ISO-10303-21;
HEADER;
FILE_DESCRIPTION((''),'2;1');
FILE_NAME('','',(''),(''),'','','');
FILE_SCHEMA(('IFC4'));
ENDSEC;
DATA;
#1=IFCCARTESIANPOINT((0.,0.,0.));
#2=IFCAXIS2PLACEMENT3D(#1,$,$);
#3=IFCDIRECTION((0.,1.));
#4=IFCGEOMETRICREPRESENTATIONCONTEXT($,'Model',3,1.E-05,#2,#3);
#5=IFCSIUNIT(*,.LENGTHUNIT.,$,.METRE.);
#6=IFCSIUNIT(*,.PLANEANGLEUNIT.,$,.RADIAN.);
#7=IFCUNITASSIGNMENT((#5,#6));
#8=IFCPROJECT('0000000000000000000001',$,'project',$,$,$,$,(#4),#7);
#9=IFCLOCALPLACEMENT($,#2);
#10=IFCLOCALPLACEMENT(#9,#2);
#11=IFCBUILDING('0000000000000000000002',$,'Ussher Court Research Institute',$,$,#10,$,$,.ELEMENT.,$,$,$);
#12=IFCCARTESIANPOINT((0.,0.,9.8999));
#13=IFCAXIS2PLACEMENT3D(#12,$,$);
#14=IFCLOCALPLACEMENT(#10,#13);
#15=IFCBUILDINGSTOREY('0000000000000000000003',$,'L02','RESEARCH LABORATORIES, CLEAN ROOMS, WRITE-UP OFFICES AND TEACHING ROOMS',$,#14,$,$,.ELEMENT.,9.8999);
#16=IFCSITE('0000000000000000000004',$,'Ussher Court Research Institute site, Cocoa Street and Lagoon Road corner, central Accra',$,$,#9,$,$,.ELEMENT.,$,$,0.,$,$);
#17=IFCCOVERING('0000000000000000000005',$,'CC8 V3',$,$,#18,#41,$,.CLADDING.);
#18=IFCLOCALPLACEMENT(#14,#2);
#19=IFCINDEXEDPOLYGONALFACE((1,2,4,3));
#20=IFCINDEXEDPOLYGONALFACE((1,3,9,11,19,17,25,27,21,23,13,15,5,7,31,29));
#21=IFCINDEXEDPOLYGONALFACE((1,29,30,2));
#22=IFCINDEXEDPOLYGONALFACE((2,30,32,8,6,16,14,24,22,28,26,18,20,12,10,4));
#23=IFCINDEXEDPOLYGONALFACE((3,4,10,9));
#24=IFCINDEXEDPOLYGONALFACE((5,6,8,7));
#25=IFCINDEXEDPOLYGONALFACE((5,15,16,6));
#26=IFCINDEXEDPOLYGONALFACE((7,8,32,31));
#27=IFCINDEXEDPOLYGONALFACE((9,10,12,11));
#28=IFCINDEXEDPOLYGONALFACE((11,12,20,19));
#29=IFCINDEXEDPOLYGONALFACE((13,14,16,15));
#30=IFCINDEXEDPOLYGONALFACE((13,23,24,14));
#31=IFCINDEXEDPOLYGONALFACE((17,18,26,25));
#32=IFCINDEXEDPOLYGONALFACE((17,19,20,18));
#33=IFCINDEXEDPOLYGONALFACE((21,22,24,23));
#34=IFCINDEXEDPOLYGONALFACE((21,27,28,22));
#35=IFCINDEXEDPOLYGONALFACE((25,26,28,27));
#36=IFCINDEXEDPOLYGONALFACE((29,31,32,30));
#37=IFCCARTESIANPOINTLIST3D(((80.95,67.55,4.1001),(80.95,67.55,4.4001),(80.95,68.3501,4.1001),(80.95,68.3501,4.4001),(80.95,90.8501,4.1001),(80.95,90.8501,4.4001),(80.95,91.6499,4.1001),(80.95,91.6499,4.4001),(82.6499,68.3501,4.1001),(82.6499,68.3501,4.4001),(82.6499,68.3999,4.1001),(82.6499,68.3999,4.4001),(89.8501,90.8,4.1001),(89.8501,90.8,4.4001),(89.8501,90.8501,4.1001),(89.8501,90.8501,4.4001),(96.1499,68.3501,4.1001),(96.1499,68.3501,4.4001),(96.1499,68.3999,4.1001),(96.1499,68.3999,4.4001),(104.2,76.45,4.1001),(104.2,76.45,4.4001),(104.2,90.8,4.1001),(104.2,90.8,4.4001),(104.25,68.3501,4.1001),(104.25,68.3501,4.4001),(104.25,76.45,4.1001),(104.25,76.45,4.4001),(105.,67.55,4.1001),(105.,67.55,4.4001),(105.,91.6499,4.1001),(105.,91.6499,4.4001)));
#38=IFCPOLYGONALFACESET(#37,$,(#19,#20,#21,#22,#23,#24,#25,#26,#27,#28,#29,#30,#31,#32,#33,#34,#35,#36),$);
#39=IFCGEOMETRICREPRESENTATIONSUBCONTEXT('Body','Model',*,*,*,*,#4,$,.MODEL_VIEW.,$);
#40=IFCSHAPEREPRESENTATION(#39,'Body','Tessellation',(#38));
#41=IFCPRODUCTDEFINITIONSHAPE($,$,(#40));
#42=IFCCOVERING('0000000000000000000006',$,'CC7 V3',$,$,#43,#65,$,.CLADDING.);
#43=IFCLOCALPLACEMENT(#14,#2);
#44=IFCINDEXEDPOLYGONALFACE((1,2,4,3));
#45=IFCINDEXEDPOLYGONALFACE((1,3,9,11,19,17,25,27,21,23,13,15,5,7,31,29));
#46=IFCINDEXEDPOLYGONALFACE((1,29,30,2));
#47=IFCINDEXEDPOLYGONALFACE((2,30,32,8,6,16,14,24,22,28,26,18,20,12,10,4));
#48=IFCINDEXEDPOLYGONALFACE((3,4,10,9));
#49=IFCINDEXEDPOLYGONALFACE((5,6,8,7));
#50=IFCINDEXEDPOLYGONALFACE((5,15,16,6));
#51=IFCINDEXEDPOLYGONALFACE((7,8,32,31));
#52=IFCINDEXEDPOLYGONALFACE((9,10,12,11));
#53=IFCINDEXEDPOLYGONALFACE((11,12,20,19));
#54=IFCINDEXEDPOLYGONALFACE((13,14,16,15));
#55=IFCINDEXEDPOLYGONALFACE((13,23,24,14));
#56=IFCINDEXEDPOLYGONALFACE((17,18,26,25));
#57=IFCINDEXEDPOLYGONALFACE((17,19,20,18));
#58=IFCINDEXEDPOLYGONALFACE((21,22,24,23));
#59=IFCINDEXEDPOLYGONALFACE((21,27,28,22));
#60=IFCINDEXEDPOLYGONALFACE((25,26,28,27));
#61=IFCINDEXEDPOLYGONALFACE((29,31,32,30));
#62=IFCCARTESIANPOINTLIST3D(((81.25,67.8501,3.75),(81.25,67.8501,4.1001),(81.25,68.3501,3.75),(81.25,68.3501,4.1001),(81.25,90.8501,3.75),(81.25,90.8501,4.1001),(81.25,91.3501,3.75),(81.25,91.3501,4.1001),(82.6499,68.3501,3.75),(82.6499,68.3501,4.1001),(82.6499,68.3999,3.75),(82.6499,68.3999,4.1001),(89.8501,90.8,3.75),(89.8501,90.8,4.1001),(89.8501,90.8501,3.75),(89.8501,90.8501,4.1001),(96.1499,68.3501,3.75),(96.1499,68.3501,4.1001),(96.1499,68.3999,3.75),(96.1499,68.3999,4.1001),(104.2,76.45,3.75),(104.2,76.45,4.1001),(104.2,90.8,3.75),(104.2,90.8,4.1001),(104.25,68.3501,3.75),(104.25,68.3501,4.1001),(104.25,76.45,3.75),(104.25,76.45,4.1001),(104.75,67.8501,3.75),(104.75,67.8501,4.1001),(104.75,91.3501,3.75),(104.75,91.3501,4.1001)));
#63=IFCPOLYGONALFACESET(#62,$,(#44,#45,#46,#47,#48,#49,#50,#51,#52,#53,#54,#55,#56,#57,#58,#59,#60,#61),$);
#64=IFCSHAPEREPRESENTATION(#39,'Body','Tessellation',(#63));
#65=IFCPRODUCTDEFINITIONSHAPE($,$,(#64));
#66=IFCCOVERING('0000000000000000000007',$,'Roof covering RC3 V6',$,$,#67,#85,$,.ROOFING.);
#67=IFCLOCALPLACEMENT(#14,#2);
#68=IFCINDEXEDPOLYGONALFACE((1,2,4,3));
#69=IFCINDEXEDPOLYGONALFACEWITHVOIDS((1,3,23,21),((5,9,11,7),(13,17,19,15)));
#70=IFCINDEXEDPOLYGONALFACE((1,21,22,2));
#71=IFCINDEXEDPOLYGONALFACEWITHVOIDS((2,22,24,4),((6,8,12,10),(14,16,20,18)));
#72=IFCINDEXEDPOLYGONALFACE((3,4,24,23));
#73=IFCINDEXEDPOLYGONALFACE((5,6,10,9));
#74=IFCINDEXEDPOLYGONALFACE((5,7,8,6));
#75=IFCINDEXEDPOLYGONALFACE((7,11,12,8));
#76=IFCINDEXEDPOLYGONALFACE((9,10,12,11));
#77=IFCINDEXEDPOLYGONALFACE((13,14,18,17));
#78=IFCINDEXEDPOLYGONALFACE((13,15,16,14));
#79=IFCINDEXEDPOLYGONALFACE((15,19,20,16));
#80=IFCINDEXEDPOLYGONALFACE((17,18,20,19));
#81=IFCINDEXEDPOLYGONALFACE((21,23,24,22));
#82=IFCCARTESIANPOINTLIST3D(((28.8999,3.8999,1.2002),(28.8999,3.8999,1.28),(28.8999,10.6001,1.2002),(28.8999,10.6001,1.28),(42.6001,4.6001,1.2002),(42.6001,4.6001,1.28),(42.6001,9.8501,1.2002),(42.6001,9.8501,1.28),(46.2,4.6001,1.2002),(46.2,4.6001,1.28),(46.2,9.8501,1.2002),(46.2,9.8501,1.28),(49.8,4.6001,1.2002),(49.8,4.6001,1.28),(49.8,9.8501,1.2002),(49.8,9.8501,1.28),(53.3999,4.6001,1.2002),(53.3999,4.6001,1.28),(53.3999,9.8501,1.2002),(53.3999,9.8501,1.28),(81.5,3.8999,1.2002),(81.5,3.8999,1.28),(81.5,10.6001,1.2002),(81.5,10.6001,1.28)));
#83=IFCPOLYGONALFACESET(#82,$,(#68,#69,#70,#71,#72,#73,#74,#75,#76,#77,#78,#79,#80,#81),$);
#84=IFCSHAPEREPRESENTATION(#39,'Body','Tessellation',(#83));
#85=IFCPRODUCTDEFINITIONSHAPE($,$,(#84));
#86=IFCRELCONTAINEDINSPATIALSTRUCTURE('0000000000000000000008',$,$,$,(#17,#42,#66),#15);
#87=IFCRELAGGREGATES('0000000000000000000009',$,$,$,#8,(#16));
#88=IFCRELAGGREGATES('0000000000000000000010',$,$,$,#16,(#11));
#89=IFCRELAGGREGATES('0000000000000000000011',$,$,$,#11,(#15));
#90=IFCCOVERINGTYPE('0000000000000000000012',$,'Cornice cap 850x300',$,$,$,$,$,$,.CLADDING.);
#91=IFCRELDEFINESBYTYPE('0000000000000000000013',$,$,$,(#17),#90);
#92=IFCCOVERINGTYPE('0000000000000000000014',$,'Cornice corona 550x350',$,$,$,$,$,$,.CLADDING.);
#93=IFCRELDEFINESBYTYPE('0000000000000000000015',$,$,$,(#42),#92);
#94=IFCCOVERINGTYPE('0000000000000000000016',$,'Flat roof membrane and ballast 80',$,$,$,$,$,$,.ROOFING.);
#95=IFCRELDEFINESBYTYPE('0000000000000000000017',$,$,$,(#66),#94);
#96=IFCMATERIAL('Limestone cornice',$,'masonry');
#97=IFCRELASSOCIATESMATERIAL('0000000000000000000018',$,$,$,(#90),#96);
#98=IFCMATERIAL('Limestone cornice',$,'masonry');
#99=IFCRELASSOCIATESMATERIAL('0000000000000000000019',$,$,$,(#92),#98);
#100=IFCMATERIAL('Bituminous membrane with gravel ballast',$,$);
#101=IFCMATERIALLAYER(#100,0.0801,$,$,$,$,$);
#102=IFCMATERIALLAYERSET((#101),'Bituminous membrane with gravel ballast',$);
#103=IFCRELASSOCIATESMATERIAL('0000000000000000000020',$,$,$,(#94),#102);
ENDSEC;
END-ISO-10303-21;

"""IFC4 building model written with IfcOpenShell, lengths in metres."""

from ifc_helpers import new_model, si_unit, direction, frame, origin, place, context, subcontext, project, spatial, polyline, outline, extrude, material, layer, layer_set, type_object, element, save


model = new_model("IFC4")

# Units and contexts
model_context = context("Model", 3, precision=1e-05, world=origin(), true_north=direction((0.0, 1.0)))
body_context = subcontext(model_context, "Body", "Model", "MODEL_VIEW")
ifc_project = project(units=[si_unit("LENGTHUNIT", "METRE"), si_unit("PLANEANGLEUNIT", "RADIAN")], contexts=[model_context])

# Site, building, storey
site_placement = place(None, origin())
site = spatial("IfcSite", under=ifc_project, at=site_placement, Name="Ussher Court Research Institute site, Cocoa Street and Lagoon Road corner, central Accra", CompositionType="ELEMENT", RefElevation=0.0)
building_placement = place(site_placement, origin())
building = spatial("IfcBuilding", under=site, at=building_placement, Name="Ussher Court Research Institute", CompositionType="ELEMENT")
storey_placement = place(building_placement, frame((0.0, 0.0, 9.8999)))
storey = spatial("IfcBuildingStorey", under=building, at=storey_placement, Name="L02", Description="RESEARCH LABORATORIES, CLEAN ROOMS, WRITE-UP OFFICES AND TEACHING ROOMS", CompositionType="ELEMENT", Elevation=9.8999)

# Coverings
ifc_material_1 = material(Name="Limestone cornice", Category="masonry")
covering_type_1 = type_object("IfcCoveringType", Name="Cornice cap 850x300", PredefinedType="CLADDING", material=ifc_material_1)
covering_1_placement = place(storey_placement, frame((0.0, 0.0, 4.1001)))
element("IfcCovering", 1, at=covering_1_placement, inside=storey, type_object=covering_type_1, Name="CC8 V3", PredefinedType="CLADDING", context=body_context, shape_type="SweptSolid", body=[
    extrude(outline(polyline([(82.6499, 68.3501), (80.95, 68.3501), (80.95, 67.55), (105.0, 67.55), (105.0, 91.6499), (80.95, 91.6499), (80.95, 90.8501), (89.8501, 90.8501), (89.8501, 90.8), (104.2, 90.8), (104.2, 76.45), (104.25, 76.45), (104.25, 68.3501), (96.1499, 68.3501), (96.1499, 68.3999), (82.6499, 68.3999), (82.6499, 68.3501)])), origin(), (0.0, 0.0, 1.0), 0.3),
])
ifc_material_2 = material(Name="Limestone cornice", Category="masonry")
covering_type_2 = type_object("IfcCoveringType", Name="Cornice corona 550x350", PredefinedType="CLADDING", material=ifc_material_2)
covering_2_placement = place(storey_placement, frame((0.0, 0.0, 3.75)))
element("IfcCovering", 2, at=covering_2_placement, inside=storey, type_object=covering_type_2, Name="CC7 V3", PredefinedType="CLADDING", context=body_context, shape_type="SweptSolid", body=[
    extrude(outline(polyline([(82.6499, 68.3501), (81.25, 68.3501), (81.25, 67.8501), (104.75, 67.8501), (104.75, 91.3501), (81.25, 91.3501), (81.25, 90.8501), (89.8501, 90.8501), (89.8501, 90.8), (104.2, 90.8), (104.2, 76.45), (104.25, 76.45), (104.25, 68.3501), (96.1499, 68.3501), (96.1499, 68.3999), (82.6499, 68.3999), (82.6499, 68.3501)])), origin(), (0.0, 0.0, 1.0), 0.3501),
])
ifc_material_3 = material(Name="Bituminous membrane with gravel ballast")
ifc_layer_1 = layer(ifc_material_3, 0.0801)
ifc_layer_set_1 = layer_set([ifc_layer_1], Name="Bituminous membrane with gravel ballast")
covering_type_3 = type_object("IfcCoveringType", Name="Flat roof membrane and ballast 80", PredefinedType="ROOFING", material=ifc_layer_set_1)
covering_3_placement = place(storey_placement, frame((0.0, 0.0, 1.2002)))
element("IfcCovering", 3, at=covering_3_placement, inside=storey, type_object=covering_type_3, Name="Roof covering RC3 V6", PredefinedType="ROOFING", context=body_context, shape_type="SweptSolid", body=[
    extrude(outline(polyline([(28.8999, 10.6001), (81.5, 10.6001), (81.5, 3.8999), (28.8999, 3.8999), (28.8999, 10.6001)]), holes=[polyline([(53.3999, 9.8501), (49.8, 9.8501), (49.8, 4.6001), (53.3999, 4.6001), (53.3999, 9.8501)]), polyline([(42.6001, 9.8501), (42.6001, 4.6001), (46.2, 4.6001), (46.2, 9.8501), (42.6001, 9.8501)])]), origin(), (0.0, 0.0, 1.0), 0.0798),
])

save(model, "model.ifc")
